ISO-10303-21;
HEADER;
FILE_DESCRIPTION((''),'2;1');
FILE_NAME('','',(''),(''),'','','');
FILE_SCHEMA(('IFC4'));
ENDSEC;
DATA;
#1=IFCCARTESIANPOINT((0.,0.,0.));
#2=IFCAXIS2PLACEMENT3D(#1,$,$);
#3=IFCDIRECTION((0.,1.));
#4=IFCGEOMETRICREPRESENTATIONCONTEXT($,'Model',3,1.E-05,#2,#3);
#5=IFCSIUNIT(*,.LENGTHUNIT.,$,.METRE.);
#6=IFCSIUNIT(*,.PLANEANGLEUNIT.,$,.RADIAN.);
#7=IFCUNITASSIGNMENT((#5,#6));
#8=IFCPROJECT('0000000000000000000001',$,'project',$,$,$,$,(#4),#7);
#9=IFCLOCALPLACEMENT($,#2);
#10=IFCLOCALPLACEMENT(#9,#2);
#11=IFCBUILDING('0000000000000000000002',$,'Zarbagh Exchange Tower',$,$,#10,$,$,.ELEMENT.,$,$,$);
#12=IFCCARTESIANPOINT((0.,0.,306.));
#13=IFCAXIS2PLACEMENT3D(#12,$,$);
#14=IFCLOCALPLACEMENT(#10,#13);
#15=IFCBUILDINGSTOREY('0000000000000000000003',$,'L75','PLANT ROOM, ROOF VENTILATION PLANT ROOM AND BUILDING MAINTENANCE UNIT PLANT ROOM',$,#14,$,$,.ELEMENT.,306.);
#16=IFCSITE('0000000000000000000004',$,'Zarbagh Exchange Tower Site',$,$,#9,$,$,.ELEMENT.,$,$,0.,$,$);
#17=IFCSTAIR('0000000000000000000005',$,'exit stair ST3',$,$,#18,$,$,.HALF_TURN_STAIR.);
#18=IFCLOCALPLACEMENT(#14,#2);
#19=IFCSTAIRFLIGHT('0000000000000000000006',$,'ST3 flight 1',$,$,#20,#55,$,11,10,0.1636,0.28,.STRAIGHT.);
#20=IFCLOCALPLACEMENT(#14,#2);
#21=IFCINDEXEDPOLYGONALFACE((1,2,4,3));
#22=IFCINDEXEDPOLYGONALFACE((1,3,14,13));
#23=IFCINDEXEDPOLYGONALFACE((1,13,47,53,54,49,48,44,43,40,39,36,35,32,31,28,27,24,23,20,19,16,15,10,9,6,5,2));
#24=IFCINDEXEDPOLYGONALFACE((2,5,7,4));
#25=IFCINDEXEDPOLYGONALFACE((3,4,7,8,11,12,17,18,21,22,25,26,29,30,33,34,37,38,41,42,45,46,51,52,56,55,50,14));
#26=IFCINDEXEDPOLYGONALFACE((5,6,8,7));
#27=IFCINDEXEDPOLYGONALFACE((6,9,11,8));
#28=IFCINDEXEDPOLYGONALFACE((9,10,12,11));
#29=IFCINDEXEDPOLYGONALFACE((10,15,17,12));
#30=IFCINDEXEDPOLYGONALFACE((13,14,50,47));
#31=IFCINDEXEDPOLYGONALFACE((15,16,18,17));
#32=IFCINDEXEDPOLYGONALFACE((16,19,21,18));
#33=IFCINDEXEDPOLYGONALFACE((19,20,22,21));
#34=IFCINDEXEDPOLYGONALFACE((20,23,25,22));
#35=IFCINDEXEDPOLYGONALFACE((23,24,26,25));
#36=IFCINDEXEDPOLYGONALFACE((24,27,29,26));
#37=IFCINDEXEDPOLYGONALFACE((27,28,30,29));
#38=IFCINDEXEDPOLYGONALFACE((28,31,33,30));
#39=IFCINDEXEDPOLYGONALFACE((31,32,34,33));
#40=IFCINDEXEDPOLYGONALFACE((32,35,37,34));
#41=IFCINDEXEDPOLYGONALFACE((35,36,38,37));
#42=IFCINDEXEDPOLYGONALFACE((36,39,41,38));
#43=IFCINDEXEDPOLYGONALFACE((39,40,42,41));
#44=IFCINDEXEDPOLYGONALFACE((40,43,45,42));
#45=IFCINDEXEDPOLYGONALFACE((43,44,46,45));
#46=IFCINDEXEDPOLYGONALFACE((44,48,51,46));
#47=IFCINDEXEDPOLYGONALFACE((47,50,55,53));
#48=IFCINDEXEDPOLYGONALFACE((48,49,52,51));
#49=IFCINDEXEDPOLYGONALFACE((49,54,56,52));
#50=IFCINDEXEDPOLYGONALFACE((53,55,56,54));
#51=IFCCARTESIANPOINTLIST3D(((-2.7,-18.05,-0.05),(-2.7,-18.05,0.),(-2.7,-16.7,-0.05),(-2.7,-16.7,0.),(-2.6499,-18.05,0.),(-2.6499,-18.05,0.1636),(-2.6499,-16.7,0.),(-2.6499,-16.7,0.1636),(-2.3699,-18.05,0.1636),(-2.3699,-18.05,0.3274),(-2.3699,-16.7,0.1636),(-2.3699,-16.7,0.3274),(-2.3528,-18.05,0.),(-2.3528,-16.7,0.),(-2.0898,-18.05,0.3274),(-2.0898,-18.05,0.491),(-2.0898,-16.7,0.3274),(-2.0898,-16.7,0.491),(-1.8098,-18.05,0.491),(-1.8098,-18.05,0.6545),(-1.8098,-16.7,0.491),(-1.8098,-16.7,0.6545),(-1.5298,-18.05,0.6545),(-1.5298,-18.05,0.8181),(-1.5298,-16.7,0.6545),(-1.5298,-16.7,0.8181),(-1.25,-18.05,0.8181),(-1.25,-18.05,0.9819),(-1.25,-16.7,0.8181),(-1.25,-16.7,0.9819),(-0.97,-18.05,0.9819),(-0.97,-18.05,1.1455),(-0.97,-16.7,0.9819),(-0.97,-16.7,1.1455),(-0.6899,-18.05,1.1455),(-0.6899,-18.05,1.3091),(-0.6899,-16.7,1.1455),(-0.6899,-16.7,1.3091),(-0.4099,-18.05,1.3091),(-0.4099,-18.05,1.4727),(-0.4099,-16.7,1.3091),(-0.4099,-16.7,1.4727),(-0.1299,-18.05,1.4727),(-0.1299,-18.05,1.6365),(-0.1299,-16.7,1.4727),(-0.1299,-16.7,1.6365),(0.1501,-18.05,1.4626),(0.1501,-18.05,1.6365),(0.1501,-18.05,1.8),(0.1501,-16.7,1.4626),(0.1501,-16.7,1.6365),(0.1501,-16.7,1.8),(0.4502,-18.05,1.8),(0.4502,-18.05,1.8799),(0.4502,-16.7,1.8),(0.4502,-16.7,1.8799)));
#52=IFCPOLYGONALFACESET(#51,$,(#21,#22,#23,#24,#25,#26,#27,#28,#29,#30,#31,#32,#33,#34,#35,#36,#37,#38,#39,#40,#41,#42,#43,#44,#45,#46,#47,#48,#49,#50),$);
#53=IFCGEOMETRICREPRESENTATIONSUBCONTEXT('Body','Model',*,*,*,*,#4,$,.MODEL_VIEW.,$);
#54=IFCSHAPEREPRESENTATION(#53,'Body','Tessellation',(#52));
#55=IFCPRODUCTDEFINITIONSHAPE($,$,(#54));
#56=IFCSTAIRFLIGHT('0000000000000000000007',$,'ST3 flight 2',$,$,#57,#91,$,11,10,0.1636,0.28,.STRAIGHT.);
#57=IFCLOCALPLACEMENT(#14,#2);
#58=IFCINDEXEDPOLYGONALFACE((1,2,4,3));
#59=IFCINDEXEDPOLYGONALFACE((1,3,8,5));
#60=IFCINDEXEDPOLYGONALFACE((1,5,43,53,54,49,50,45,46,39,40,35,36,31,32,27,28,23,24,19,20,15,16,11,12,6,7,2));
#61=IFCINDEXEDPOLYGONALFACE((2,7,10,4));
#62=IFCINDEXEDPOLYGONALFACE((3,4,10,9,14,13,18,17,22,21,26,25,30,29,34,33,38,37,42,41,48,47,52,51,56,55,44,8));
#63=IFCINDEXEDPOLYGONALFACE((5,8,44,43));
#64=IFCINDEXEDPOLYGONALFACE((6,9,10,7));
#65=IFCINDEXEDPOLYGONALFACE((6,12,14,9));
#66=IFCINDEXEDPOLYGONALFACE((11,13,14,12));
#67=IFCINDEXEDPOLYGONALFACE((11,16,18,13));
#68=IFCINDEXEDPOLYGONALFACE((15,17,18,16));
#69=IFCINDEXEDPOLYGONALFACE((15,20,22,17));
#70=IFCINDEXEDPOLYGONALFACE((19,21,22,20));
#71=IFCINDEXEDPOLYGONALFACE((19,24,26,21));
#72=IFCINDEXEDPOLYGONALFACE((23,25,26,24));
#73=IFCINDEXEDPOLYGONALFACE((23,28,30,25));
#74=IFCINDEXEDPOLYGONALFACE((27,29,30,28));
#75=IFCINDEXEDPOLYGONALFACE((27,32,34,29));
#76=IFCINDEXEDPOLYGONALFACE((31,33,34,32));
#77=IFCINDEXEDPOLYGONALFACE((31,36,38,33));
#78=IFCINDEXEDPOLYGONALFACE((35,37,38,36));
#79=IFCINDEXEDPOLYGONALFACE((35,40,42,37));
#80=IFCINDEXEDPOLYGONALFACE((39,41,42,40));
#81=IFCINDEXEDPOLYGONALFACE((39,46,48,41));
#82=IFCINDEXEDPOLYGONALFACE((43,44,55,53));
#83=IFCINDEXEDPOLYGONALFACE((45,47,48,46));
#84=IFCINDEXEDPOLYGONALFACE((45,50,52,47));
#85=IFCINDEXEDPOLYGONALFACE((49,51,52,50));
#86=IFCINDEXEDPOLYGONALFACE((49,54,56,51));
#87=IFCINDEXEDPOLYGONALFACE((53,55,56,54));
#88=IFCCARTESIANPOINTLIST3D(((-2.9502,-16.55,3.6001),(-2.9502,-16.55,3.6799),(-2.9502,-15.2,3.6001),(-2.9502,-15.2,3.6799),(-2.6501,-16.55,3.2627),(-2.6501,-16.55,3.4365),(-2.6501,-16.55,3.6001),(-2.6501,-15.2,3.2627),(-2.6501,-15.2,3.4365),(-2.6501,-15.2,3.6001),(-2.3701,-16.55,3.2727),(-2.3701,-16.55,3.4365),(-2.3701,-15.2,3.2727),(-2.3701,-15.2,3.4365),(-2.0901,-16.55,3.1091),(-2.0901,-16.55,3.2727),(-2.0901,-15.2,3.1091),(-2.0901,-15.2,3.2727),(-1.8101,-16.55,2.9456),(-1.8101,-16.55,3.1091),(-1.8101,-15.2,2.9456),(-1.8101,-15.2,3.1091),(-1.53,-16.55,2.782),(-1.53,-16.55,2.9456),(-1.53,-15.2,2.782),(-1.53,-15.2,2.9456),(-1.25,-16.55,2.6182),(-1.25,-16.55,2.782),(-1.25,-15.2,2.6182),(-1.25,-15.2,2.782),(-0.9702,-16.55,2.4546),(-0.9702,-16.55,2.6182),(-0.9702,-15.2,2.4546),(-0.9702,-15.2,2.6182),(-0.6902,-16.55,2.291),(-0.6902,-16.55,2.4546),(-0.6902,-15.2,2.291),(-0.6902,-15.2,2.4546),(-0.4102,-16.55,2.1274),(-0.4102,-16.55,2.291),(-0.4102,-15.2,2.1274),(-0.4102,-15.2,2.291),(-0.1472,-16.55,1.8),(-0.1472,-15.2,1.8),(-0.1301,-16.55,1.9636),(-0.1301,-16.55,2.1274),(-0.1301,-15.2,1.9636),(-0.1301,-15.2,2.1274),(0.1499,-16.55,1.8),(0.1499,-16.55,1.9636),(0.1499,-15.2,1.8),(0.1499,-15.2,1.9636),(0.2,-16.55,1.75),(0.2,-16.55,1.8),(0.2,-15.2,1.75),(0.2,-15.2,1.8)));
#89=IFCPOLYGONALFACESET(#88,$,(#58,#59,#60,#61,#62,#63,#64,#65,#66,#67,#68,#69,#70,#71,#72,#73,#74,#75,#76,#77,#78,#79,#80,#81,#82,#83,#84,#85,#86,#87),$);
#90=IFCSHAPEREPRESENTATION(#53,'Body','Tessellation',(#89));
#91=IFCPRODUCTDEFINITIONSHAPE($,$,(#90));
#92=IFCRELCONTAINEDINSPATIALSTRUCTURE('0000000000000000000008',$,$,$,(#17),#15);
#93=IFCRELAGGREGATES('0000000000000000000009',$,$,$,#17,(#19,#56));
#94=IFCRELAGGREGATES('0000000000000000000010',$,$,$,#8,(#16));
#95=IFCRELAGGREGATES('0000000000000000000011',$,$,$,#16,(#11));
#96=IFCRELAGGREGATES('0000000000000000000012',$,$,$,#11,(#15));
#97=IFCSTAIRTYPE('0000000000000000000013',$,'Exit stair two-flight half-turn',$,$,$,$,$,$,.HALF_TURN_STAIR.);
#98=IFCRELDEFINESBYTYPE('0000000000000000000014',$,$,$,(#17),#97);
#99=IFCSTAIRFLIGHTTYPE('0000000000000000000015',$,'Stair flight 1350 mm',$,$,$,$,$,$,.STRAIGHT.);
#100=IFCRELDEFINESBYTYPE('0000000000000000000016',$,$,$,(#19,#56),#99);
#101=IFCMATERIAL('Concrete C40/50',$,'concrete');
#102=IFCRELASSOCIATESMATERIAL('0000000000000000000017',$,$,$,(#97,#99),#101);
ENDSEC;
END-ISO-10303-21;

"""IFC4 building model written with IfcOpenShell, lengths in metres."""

from ifc_helpers import new_model, si_unit, direction, frame, origin, place, context, subcontext, project, spatial, polyline, outline, extrude, material, type_object, element, aggregate, save


model = new_model("IFC4")

# Units and contexts
model_context = context("Model", 3, precision=1e-05, world=origin(), true_north=direction((0.0, 1.0)))
body_context = subcontext(model_context, "Body", "Model", "MODEL_VIEW")
ifc_project = project(units=[si_unit("LENGTHUNIT", "METRE"), si_unit("PLANEANGLEUNIT", "RADIAN")], contexts=[model_context])

# Site, building, storey
site_placement = place(None, origin())
site = spatial("IfcSite", under=ifc_project, at=site_placement, Name="Zarbagh Exchange Tower Site", CompositionType="ELEMENT", RefElevation=0.0)
building_placement = place(site_placement, origin())
building = spatial("IfcBuilding", under=site, at=building_placement, Name="Zarbagh Exchange Tower", CompositionType="ELEMENT")
storey_placement = place(building_placement, frame((0.0, 0.0, 306.0)))
storey = spatial("IfcBuildingStorey", under=building, at=storey_placement, Name="L75", Description="PLANT ROOM, ROOF VENTILATION PLANT ROOM AND BUILDING MAINTENANCE UNIT PLANT ROOM", CompositionType="ELEMENT", Elevation=306.0)

# Shared definitions
ifc_material_1 = material(Name="Concrete C40/50", Category="concrete")

# Stair, stair flights
stair_type = type_object("IfcStairType", Name="Exit stair two-flight half-turn", PredefinedType="HALF_TURN_STAIR", material=ifc_material_1)
stair_placement = place(storey_placement, origin())
stair = element("IfcStair", 1, at=stair_placement, inside=storey, type_object=stair_type, Name="exit stair ST3", PredefinedType="HALF_TURN_STAIR")
stair_flight_type = type_object("IfcStairFlightType", Name="Stair flight 1350 mm", PredefinedType="STRAIGHT", material=ifc_material_1)
stair_flight_1_placement = place(storey_placement, frame((-2.6499, -17.375, 0.0), z_axis=(0.0, 0.0, 1.0), x_axis=(1.0, 0.0, 0.0)))
stair_flight_1 = element("IfcStairFlight", 2, at=stair_flight_1_placement, type_object=stair_flight_type, Name="ST3 flight 1", NumberOfRisers=11, NumberOfTreads=10, PredefinedType="STRAIGHT", RiserHeight=0.1636, TreadLength=0.28, context=body_context, shape_type="SweptSolid", body=[
    extrude(outline(polyline([(-0.05, -0.05), (-0.05, 0.0), (0.0, 0.0), (0.0, 0.1636), (0.28, 0.1636), (0.28, 0.3274), (0.5601, 0.3274), (0.5601, 0.491), (0.8401, 0.491), (0.8401, 0.6545), (1.1201, 0.6545), (1.1201, 0.8181), (1.3999, 0.8181), (1.3999, 0.9819), (1.6799, 0.9819), (1.6799, 1.1455), (1.96, 1.1455), (1.96, 1.3091), (2.24, 1.3091), (2.24, 1.4727), (2.52, 1.4727), (2.52, 1.6365), (2.8, 1.6365), (2.8, 1.8), (3.1001, 1.8799), (3.1001, 1.8), (2.8, 1.4626), (0.2971, 0.0), (-0.05, -0.05)])), frame((0.0, 0.675, 0.0), z_axis=(0.0, -1.0, 0.0), x_axis=(1.0, 0.0, 0.0)), (0.0, 0.0, 1.0), 1.3501),
])
stair_flight_2_placement = place(storey_placement, frame((0.1499, -15.875, 1.8), z_axis=(0.0, 0.0, 1.0), x_axis=(-1.0, 0.0, 0.0)))
stair_flight_2 = element("IfcStairFlight", 3, at=stair_flight_2_placement, type_object=stair_flight_type, Name="ST3 flight 2", NumberOfRisers=11, NumberOfTreads=10, PredefinedType="STRAIGHT", RiserHeight=0.1636, TreadLength=0.28, context=body_context, shape_type="SweptSolid", body=[
    extrude(outline(polyline([(-0.05, -0.05), (-0.05, 0.0), (0.0, 0.0), (0.0, 0.1636), (0.28, 0.1636), (0.28, 0.3274), (0.5601, 0.3274), (0.5601, 0.491), (0.8401, 0.491), (0.8401, 0.6545), (1.1201, 0.6545), (1.1201, 0.8181), (1.3999, 0.8181), (1.3999, 0.9819), (1.6799, 0.9819), (1.6799, 1.1455), (1.96, 1.1455), (1.96, 1.3091), (2.24, 1.3091), (2.24, 1.4727), (2.52, 1.4727), (2.52, 1.6365), (2.8, 1.6365), (2.8, 1.8), (3.1001, 1.8799), (3.1001, 1.8), (2.8, 1.4626), (0.2971, 0.0), (-0.05, -0.05)])), frame((0.0, 0.675, 0.0), z_axis=(0.0, -1.0, 0.0), x_axis=(1.0, 0.0, 0.0)), (0.0, 0.0, 1.0), 1.3501),
])
aggregate(stair, [stair_flight_1, stair_flight_2])

save(model, "model.ifc")
